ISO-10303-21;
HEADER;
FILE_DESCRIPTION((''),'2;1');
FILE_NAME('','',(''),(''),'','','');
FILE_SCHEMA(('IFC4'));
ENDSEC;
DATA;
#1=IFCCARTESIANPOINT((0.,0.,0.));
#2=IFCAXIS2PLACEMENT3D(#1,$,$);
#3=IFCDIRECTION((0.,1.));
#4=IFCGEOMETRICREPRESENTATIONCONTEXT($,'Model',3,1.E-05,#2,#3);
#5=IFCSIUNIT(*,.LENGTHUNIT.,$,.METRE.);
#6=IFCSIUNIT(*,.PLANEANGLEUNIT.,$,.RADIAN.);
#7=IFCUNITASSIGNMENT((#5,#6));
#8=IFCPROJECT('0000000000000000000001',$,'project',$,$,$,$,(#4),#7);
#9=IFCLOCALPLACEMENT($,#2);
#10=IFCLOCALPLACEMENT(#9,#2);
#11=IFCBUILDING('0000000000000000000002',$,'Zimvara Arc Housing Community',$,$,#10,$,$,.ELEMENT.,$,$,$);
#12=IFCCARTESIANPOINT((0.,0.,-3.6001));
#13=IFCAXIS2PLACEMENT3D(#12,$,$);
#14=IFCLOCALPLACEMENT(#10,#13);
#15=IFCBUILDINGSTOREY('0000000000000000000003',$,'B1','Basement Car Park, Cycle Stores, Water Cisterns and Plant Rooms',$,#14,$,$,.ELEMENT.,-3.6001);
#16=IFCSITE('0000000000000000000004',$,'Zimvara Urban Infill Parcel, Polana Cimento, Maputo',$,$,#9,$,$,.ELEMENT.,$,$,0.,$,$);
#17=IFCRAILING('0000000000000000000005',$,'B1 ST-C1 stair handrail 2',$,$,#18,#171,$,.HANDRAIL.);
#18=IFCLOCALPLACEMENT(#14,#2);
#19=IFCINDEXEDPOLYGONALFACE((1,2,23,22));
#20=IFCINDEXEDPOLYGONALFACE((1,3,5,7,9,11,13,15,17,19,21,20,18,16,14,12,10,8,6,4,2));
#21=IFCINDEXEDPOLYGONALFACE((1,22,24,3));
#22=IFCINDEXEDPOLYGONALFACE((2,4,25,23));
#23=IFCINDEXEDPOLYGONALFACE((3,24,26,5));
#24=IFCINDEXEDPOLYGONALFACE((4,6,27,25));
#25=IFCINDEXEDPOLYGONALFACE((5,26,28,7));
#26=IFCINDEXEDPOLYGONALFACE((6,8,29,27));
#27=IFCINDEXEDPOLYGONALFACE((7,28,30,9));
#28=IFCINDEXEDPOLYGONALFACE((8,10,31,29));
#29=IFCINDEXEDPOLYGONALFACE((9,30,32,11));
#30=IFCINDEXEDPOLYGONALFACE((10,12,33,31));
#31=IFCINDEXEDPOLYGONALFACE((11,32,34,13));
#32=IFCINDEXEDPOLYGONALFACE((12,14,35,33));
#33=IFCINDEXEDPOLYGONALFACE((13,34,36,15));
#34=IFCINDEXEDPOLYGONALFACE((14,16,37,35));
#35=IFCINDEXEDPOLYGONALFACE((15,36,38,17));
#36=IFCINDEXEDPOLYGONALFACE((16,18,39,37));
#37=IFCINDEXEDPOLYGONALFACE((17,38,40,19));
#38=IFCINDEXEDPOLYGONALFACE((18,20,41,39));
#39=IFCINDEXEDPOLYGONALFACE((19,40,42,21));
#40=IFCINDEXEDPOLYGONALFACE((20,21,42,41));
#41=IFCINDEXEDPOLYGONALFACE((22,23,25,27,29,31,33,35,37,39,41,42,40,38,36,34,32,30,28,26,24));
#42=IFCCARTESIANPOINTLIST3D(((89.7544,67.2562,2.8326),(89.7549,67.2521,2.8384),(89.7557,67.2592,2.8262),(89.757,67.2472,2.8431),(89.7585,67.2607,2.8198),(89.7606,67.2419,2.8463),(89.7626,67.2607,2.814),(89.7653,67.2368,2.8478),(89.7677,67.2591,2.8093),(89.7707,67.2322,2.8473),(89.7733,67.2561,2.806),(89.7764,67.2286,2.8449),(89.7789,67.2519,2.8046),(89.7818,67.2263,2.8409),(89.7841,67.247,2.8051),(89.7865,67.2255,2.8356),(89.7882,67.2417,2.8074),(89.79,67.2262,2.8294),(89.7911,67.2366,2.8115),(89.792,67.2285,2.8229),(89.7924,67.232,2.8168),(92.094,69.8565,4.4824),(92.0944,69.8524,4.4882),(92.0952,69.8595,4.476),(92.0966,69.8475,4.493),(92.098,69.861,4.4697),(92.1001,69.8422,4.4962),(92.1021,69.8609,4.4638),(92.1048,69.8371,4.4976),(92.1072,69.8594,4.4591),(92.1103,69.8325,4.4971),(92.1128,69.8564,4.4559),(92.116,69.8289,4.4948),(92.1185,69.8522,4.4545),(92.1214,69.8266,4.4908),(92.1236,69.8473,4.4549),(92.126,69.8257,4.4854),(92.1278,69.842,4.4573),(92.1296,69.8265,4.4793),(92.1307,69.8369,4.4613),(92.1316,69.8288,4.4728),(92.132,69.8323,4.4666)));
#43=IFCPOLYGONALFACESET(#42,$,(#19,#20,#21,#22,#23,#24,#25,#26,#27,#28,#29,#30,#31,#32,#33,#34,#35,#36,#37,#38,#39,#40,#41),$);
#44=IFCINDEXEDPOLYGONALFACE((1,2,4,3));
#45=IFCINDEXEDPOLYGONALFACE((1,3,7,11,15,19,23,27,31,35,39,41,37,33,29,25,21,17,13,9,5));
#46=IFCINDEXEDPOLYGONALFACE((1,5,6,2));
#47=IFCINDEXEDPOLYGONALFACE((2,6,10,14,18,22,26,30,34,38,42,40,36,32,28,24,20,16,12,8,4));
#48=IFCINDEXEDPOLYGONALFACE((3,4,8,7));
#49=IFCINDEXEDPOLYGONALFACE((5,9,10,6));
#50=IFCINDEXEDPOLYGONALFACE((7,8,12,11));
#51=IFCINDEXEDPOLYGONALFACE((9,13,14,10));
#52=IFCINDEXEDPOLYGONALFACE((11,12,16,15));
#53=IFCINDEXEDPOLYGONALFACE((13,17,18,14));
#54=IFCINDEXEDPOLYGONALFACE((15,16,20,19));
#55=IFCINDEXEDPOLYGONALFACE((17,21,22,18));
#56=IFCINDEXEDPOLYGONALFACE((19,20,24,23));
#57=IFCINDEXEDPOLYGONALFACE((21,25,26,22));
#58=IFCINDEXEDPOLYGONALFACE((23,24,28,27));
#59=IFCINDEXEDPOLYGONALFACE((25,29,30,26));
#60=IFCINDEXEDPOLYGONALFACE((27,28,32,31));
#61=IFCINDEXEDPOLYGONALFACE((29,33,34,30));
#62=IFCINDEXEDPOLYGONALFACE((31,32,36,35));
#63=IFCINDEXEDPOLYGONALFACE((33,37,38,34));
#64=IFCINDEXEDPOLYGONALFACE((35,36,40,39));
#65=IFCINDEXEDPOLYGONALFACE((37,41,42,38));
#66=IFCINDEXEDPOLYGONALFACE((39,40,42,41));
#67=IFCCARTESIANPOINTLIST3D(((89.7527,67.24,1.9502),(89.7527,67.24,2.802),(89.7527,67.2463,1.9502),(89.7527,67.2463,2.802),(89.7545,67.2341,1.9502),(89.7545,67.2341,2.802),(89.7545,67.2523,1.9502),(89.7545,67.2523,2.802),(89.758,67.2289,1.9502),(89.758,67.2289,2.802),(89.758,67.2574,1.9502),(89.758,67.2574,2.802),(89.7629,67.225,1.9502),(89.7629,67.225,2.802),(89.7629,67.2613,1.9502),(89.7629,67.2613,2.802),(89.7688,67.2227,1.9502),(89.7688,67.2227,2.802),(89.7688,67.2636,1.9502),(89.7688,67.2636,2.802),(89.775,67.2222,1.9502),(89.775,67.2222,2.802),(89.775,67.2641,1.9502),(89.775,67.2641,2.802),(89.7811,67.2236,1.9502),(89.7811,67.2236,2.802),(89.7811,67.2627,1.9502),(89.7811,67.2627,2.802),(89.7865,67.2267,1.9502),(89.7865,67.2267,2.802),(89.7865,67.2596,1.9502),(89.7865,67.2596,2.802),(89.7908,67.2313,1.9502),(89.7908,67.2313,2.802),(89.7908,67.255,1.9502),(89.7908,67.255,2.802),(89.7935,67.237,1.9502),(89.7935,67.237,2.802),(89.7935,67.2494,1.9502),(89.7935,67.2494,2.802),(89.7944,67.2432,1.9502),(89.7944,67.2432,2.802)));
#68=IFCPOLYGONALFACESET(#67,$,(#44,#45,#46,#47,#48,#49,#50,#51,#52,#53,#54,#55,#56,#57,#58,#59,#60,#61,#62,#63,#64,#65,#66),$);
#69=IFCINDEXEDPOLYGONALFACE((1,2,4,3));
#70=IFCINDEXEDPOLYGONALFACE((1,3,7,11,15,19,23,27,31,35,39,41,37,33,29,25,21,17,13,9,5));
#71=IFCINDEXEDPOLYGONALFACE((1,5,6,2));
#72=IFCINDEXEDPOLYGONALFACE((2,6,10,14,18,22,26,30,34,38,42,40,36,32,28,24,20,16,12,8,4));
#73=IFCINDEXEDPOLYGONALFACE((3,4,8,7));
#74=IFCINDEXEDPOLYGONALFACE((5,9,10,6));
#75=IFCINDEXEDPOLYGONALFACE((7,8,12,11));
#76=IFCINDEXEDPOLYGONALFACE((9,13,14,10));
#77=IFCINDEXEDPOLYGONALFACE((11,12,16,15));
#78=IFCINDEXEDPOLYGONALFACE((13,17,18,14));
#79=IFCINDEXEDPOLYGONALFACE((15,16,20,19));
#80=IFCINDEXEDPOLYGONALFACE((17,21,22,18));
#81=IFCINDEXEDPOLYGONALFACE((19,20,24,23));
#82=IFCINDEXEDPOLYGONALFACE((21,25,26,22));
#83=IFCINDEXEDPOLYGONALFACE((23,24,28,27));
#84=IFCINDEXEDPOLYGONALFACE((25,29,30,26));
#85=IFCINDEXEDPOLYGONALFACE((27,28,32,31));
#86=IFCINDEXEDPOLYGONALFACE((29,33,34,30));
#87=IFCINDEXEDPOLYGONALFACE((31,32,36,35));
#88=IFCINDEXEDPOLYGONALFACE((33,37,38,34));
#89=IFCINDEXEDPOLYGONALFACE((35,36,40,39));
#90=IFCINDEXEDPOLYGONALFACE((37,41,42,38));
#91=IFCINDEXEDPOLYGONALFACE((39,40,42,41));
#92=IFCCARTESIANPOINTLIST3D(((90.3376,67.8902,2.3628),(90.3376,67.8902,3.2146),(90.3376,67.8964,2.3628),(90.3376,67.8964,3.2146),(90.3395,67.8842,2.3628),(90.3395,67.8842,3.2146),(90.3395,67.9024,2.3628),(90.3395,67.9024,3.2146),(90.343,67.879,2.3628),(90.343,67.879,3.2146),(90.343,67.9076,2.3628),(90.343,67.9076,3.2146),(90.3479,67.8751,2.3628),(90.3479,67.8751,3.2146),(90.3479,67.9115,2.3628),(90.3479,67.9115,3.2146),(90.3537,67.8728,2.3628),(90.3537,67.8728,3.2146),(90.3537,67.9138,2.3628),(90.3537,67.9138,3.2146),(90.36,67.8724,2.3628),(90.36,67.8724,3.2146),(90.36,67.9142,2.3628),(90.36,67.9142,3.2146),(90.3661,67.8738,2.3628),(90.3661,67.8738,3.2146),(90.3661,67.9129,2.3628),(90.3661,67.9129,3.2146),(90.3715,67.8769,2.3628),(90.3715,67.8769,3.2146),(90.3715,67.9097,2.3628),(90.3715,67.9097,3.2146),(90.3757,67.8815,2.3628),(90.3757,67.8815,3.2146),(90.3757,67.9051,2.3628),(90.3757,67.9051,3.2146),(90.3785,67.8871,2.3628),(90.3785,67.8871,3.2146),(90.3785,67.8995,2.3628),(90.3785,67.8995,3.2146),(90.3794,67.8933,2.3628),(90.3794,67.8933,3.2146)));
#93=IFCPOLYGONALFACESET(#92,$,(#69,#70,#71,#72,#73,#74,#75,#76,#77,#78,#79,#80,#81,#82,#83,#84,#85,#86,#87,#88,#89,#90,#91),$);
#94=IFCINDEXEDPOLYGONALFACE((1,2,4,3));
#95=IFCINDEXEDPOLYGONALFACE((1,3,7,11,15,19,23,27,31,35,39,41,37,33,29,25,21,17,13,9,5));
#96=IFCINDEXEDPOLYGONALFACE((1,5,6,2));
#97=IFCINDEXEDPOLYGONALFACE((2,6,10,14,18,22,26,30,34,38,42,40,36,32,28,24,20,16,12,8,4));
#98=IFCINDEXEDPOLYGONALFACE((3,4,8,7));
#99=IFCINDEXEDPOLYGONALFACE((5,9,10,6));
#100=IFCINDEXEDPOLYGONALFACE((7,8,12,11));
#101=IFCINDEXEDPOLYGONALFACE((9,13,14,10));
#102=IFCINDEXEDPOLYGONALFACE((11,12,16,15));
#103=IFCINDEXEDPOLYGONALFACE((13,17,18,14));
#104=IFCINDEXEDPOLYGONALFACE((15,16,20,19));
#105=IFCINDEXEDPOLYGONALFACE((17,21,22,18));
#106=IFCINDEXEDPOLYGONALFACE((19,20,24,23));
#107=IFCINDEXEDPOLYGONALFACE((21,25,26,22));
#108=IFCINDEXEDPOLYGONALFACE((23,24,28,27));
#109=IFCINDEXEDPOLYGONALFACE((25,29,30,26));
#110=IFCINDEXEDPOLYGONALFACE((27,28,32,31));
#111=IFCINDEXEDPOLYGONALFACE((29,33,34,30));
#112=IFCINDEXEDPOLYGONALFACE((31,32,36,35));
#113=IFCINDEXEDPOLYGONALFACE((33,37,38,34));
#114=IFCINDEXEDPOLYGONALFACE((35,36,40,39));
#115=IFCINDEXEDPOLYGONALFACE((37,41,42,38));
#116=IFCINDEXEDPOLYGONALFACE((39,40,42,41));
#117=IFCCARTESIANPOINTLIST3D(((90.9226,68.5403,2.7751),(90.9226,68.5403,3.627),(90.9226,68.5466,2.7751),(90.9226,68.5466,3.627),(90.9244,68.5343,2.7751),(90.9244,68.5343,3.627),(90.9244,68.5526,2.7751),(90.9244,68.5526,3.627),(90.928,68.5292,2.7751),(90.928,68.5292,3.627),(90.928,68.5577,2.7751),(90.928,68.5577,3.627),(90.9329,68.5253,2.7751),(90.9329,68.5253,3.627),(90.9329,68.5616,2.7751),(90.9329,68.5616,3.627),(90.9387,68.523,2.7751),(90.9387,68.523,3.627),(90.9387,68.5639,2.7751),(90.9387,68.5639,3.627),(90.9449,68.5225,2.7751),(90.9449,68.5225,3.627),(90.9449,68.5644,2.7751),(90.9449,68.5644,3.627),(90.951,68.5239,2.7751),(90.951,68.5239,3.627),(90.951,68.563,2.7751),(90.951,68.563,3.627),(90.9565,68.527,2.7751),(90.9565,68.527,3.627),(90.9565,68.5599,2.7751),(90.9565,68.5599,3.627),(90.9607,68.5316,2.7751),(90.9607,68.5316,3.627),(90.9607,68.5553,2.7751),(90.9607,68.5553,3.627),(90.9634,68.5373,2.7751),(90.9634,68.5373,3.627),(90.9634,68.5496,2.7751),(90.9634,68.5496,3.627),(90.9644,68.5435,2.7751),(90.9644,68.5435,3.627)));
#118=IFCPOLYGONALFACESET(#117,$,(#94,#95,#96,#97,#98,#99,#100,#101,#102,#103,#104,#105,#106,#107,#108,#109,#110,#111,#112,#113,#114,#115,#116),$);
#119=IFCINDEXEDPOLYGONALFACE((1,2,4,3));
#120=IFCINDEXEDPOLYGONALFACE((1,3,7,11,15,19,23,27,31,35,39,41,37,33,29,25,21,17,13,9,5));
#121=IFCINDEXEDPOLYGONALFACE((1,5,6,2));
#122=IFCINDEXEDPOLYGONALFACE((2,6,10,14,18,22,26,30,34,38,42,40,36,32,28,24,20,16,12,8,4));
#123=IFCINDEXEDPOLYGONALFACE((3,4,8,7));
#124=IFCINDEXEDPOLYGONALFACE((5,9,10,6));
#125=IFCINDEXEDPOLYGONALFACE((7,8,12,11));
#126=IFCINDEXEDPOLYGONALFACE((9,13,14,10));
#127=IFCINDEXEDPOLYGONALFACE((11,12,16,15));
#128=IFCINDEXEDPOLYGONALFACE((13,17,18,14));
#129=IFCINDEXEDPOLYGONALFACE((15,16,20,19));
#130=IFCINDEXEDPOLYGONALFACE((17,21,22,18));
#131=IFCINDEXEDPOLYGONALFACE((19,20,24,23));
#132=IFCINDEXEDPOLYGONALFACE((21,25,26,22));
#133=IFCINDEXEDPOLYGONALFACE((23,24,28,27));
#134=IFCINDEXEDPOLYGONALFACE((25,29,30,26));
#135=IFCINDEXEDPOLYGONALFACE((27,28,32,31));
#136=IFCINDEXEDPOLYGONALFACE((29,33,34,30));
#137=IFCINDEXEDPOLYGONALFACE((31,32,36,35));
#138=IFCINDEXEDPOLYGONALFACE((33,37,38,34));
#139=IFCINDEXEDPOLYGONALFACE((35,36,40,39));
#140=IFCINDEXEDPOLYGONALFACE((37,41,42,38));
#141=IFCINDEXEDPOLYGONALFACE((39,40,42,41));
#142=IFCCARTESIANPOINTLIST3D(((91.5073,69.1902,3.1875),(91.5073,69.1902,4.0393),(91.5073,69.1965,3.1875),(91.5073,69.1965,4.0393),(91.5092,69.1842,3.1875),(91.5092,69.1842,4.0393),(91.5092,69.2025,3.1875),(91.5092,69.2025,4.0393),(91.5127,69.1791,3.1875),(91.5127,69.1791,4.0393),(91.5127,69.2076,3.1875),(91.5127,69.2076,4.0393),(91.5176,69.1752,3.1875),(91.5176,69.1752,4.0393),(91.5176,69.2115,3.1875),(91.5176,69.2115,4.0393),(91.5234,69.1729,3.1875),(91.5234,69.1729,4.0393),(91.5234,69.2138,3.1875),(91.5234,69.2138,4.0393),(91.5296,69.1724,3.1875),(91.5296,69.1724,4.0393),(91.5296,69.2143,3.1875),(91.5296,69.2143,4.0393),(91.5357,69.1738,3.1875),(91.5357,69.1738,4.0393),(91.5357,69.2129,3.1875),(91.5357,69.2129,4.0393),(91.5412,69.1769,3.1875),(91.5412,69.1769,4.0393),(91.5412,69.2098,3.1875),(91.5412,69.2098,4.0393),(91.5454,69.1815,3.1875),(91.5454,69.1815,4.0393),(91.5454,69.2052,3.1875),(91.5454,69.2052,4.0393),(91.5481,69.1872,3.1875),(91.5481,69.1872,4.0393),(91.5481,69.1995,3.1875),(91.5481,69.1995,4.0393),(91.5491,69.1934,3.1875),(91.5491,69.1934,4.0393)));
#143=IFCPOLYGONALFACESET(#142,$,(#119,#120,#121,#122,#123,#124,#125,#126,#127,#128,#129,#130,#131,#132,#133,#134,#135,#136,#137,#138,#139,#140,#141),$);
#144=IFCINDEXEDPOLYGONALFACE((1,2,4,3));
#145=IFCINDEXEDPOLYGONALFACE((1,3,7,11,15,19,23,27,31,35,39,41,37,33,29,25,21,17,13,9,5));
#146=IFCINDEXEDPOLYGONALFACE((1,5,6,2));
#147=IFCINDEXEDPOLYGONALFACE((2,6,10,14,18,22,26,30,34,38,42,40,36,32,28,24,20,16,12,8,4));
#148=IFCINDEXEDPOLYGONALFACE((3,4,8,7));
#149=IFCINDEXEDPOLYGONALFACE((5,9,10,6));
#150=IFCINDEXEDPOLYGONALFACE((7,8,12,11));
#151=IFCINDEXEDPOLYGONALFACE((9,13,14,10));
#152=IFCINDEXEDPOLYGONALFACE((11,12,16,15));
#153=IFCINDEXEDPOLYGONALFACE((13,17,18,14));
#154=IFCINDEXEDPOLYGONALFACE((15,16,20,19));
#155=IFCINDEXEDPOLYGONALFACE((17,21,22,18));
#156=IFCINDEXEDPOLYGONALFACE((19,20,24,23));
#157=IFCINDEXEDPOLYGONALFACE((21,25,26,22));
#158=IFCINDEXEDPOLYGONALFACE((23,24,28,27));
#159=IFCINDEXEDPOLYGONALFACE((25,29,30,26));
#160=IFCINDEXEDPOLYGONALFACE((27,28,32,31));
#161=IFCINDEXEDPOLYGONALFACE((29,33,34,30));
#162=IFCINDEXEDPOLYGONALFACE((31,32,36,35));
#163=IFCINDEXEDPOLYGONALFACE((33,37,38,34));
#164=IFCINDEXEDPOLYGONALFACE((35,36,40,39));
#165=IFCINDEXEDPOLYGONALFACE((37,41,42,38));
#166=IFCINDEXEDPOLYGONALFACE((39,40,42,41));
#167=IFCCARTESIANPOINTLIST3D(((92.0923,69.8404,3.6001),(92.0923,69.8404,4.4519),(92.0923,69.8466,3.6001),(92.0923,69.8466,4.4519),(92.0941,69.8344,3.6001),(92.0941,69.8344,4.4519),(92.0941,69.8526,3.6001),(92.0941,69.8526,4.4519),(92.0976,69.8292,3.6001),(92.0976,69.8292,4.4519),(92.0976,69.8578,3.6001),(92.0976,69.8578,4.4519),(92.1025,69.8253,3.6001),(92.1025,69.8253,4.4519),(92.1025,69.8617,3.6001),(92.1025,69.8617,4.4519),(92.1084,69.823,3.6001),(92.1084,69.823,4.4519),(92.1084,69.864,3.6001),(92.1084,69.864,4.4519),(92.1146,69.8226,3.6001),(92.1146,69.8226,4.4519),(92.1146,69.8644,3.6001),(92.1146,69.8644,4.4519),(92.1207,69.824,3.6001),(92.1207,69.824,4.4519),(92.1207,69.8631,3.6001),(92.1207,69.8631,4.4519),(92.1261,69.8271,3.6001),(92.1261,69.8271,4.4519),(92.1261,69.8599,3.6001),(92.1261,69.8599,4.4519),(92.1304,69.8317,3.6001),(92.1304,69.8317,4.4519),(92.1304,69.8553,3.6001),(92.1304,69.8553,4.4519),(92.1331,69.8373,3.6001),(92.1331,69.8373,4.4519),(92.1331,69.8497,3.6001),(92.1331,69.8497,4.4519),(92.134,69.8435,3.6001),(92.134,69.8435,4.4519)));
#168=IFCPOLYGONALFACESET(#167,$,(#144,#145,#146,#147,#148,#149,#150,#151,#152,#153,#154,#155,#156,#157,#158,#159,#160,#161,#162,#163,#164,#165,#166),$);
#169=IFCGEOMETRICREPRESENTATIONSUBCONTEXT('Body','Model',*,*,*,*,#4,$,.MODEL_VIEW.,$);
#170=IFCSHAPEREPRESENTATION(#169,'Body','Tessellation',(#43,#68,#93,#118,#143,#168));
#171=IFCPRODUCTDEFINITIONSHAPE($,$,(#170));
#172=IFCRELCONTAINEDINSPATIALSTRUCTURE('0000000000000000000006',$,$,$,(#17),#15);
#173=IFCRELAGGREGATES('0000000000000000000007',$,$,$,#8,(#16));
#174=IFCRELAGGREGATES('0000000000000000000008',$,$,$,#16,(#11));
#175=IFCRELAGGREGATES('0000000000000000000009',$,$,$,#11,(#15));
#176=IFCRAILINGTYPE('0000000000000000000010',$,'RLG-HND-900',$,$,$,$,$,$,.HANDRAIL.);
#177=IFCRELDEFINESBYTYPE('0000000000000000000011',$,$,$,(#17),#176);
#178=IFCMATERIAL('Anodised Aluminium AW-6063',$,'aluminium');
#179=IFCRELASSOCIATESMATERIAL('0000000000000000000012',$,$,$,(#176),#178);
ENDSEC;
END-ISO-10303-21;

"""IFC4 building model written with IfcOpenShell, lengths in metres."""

from ifc_helpers import new_model, si_unit, direction, frame, origin, origin_2d, place, context, subcontext, project, spatial, circle, extrude, material, type_object, element, save


model = new_model("IFC4")

# Units and contexts
model_context = context("Model", 3, precision=1e-05, world=origin(), true_north=direction((0.0, 1.0)))
body_context = subcontext(model_context, "Body", "Model", "MODEL_VIEW")
ifc_project = project(units=[si_unit("LENGTHUNIT", "METRE"), si_unit("PLANEANGLEUNIT", "RADIAN")], contexts=[model_context])

# Site, building, storey
site_placement = place(None, origin())
site = spatial("IfcSite", under=ifc_project, at=site_placement, Name="Zimvara Urban Infill Parcel, Polana Cimento, Maputo", CompositionType="ELEMENT", RefElevation=0.0)
building_placement = place(site_placement, origin())
building = spatial("IfcBuilding", under=site, at=building_placement, Name="Zimvara Arc Housing Community", CompositionType="ELEMENT")
storey_placement = place(building_placement, frame((0.0, 0.0, -3.6001)))
storey = spatial("IfcBuildingStorey", under=building, at=storey_placement, Name="B1", Description="Basement Car Park, Cycle Stores, Water Cisterns and Plant Rooms", CompositionType="ELEMENT", Elevation=-3.6001)

# Railing
ifc_material_1 = material(Name="Anodised Aluminium AW-6063", Category="aluminium")
railing_type_1 = type_object("IfcRailingType", Name="RLG-HND-900", PredefinedType="HANDRAIL", material=ifc_material_1)
railing_1_placement = place(storey_placement, frame((89.7734, 67.2432, 1.9502)))
element("IfcRailing", 1, at=railing_1_placement, inside=storey, type_object=railing_type_1, Name="B1 ST-C1 stair handrail 2", PredefinedType="HANDRAIL", context=body_context, shape_type="SweptSolid", body=[
    extrude(circle(Radius=0.0239, at=origin_2d()), frame((0.0, 0.0, 0.876), z_axis=(0.604936, 0.672354, 0.426605), x_axis=(-0.743395, 0.668853, 0.0)), (0.0, 0.0, 1.0), 3.8674),
    extrude(circle(Radius=0.021, at=origin_2d()), origin(), (0.0, 0.0, 1.0), 0.8518),
    extrude(circle(Radius=0.021, at=origin_2d()), frame((0.585, 0.6501, 0.4126)), (0.0, 0.0, 1.0), 0.8518),
    extrude(circle(Radius=0.021, at=origin_2d()), frame((1.1699, 1.3003, 0.825)), (0.0, 0.0, 1.0), 0.8518),
    extrude(circle(Radius=0.021, at=origin_2d()), frame((1.7546, 1.9502, 1.2373)), (0.0, 0.0, 1.0), 0.8518),
    extrude(circle(Radius=0.021, at=origin_2d()), frame((2.3396, 2.6003, 1.6499)), (0.0, 0.0, 1.0), 0.8518),
])

save(model, "model.ifc")
